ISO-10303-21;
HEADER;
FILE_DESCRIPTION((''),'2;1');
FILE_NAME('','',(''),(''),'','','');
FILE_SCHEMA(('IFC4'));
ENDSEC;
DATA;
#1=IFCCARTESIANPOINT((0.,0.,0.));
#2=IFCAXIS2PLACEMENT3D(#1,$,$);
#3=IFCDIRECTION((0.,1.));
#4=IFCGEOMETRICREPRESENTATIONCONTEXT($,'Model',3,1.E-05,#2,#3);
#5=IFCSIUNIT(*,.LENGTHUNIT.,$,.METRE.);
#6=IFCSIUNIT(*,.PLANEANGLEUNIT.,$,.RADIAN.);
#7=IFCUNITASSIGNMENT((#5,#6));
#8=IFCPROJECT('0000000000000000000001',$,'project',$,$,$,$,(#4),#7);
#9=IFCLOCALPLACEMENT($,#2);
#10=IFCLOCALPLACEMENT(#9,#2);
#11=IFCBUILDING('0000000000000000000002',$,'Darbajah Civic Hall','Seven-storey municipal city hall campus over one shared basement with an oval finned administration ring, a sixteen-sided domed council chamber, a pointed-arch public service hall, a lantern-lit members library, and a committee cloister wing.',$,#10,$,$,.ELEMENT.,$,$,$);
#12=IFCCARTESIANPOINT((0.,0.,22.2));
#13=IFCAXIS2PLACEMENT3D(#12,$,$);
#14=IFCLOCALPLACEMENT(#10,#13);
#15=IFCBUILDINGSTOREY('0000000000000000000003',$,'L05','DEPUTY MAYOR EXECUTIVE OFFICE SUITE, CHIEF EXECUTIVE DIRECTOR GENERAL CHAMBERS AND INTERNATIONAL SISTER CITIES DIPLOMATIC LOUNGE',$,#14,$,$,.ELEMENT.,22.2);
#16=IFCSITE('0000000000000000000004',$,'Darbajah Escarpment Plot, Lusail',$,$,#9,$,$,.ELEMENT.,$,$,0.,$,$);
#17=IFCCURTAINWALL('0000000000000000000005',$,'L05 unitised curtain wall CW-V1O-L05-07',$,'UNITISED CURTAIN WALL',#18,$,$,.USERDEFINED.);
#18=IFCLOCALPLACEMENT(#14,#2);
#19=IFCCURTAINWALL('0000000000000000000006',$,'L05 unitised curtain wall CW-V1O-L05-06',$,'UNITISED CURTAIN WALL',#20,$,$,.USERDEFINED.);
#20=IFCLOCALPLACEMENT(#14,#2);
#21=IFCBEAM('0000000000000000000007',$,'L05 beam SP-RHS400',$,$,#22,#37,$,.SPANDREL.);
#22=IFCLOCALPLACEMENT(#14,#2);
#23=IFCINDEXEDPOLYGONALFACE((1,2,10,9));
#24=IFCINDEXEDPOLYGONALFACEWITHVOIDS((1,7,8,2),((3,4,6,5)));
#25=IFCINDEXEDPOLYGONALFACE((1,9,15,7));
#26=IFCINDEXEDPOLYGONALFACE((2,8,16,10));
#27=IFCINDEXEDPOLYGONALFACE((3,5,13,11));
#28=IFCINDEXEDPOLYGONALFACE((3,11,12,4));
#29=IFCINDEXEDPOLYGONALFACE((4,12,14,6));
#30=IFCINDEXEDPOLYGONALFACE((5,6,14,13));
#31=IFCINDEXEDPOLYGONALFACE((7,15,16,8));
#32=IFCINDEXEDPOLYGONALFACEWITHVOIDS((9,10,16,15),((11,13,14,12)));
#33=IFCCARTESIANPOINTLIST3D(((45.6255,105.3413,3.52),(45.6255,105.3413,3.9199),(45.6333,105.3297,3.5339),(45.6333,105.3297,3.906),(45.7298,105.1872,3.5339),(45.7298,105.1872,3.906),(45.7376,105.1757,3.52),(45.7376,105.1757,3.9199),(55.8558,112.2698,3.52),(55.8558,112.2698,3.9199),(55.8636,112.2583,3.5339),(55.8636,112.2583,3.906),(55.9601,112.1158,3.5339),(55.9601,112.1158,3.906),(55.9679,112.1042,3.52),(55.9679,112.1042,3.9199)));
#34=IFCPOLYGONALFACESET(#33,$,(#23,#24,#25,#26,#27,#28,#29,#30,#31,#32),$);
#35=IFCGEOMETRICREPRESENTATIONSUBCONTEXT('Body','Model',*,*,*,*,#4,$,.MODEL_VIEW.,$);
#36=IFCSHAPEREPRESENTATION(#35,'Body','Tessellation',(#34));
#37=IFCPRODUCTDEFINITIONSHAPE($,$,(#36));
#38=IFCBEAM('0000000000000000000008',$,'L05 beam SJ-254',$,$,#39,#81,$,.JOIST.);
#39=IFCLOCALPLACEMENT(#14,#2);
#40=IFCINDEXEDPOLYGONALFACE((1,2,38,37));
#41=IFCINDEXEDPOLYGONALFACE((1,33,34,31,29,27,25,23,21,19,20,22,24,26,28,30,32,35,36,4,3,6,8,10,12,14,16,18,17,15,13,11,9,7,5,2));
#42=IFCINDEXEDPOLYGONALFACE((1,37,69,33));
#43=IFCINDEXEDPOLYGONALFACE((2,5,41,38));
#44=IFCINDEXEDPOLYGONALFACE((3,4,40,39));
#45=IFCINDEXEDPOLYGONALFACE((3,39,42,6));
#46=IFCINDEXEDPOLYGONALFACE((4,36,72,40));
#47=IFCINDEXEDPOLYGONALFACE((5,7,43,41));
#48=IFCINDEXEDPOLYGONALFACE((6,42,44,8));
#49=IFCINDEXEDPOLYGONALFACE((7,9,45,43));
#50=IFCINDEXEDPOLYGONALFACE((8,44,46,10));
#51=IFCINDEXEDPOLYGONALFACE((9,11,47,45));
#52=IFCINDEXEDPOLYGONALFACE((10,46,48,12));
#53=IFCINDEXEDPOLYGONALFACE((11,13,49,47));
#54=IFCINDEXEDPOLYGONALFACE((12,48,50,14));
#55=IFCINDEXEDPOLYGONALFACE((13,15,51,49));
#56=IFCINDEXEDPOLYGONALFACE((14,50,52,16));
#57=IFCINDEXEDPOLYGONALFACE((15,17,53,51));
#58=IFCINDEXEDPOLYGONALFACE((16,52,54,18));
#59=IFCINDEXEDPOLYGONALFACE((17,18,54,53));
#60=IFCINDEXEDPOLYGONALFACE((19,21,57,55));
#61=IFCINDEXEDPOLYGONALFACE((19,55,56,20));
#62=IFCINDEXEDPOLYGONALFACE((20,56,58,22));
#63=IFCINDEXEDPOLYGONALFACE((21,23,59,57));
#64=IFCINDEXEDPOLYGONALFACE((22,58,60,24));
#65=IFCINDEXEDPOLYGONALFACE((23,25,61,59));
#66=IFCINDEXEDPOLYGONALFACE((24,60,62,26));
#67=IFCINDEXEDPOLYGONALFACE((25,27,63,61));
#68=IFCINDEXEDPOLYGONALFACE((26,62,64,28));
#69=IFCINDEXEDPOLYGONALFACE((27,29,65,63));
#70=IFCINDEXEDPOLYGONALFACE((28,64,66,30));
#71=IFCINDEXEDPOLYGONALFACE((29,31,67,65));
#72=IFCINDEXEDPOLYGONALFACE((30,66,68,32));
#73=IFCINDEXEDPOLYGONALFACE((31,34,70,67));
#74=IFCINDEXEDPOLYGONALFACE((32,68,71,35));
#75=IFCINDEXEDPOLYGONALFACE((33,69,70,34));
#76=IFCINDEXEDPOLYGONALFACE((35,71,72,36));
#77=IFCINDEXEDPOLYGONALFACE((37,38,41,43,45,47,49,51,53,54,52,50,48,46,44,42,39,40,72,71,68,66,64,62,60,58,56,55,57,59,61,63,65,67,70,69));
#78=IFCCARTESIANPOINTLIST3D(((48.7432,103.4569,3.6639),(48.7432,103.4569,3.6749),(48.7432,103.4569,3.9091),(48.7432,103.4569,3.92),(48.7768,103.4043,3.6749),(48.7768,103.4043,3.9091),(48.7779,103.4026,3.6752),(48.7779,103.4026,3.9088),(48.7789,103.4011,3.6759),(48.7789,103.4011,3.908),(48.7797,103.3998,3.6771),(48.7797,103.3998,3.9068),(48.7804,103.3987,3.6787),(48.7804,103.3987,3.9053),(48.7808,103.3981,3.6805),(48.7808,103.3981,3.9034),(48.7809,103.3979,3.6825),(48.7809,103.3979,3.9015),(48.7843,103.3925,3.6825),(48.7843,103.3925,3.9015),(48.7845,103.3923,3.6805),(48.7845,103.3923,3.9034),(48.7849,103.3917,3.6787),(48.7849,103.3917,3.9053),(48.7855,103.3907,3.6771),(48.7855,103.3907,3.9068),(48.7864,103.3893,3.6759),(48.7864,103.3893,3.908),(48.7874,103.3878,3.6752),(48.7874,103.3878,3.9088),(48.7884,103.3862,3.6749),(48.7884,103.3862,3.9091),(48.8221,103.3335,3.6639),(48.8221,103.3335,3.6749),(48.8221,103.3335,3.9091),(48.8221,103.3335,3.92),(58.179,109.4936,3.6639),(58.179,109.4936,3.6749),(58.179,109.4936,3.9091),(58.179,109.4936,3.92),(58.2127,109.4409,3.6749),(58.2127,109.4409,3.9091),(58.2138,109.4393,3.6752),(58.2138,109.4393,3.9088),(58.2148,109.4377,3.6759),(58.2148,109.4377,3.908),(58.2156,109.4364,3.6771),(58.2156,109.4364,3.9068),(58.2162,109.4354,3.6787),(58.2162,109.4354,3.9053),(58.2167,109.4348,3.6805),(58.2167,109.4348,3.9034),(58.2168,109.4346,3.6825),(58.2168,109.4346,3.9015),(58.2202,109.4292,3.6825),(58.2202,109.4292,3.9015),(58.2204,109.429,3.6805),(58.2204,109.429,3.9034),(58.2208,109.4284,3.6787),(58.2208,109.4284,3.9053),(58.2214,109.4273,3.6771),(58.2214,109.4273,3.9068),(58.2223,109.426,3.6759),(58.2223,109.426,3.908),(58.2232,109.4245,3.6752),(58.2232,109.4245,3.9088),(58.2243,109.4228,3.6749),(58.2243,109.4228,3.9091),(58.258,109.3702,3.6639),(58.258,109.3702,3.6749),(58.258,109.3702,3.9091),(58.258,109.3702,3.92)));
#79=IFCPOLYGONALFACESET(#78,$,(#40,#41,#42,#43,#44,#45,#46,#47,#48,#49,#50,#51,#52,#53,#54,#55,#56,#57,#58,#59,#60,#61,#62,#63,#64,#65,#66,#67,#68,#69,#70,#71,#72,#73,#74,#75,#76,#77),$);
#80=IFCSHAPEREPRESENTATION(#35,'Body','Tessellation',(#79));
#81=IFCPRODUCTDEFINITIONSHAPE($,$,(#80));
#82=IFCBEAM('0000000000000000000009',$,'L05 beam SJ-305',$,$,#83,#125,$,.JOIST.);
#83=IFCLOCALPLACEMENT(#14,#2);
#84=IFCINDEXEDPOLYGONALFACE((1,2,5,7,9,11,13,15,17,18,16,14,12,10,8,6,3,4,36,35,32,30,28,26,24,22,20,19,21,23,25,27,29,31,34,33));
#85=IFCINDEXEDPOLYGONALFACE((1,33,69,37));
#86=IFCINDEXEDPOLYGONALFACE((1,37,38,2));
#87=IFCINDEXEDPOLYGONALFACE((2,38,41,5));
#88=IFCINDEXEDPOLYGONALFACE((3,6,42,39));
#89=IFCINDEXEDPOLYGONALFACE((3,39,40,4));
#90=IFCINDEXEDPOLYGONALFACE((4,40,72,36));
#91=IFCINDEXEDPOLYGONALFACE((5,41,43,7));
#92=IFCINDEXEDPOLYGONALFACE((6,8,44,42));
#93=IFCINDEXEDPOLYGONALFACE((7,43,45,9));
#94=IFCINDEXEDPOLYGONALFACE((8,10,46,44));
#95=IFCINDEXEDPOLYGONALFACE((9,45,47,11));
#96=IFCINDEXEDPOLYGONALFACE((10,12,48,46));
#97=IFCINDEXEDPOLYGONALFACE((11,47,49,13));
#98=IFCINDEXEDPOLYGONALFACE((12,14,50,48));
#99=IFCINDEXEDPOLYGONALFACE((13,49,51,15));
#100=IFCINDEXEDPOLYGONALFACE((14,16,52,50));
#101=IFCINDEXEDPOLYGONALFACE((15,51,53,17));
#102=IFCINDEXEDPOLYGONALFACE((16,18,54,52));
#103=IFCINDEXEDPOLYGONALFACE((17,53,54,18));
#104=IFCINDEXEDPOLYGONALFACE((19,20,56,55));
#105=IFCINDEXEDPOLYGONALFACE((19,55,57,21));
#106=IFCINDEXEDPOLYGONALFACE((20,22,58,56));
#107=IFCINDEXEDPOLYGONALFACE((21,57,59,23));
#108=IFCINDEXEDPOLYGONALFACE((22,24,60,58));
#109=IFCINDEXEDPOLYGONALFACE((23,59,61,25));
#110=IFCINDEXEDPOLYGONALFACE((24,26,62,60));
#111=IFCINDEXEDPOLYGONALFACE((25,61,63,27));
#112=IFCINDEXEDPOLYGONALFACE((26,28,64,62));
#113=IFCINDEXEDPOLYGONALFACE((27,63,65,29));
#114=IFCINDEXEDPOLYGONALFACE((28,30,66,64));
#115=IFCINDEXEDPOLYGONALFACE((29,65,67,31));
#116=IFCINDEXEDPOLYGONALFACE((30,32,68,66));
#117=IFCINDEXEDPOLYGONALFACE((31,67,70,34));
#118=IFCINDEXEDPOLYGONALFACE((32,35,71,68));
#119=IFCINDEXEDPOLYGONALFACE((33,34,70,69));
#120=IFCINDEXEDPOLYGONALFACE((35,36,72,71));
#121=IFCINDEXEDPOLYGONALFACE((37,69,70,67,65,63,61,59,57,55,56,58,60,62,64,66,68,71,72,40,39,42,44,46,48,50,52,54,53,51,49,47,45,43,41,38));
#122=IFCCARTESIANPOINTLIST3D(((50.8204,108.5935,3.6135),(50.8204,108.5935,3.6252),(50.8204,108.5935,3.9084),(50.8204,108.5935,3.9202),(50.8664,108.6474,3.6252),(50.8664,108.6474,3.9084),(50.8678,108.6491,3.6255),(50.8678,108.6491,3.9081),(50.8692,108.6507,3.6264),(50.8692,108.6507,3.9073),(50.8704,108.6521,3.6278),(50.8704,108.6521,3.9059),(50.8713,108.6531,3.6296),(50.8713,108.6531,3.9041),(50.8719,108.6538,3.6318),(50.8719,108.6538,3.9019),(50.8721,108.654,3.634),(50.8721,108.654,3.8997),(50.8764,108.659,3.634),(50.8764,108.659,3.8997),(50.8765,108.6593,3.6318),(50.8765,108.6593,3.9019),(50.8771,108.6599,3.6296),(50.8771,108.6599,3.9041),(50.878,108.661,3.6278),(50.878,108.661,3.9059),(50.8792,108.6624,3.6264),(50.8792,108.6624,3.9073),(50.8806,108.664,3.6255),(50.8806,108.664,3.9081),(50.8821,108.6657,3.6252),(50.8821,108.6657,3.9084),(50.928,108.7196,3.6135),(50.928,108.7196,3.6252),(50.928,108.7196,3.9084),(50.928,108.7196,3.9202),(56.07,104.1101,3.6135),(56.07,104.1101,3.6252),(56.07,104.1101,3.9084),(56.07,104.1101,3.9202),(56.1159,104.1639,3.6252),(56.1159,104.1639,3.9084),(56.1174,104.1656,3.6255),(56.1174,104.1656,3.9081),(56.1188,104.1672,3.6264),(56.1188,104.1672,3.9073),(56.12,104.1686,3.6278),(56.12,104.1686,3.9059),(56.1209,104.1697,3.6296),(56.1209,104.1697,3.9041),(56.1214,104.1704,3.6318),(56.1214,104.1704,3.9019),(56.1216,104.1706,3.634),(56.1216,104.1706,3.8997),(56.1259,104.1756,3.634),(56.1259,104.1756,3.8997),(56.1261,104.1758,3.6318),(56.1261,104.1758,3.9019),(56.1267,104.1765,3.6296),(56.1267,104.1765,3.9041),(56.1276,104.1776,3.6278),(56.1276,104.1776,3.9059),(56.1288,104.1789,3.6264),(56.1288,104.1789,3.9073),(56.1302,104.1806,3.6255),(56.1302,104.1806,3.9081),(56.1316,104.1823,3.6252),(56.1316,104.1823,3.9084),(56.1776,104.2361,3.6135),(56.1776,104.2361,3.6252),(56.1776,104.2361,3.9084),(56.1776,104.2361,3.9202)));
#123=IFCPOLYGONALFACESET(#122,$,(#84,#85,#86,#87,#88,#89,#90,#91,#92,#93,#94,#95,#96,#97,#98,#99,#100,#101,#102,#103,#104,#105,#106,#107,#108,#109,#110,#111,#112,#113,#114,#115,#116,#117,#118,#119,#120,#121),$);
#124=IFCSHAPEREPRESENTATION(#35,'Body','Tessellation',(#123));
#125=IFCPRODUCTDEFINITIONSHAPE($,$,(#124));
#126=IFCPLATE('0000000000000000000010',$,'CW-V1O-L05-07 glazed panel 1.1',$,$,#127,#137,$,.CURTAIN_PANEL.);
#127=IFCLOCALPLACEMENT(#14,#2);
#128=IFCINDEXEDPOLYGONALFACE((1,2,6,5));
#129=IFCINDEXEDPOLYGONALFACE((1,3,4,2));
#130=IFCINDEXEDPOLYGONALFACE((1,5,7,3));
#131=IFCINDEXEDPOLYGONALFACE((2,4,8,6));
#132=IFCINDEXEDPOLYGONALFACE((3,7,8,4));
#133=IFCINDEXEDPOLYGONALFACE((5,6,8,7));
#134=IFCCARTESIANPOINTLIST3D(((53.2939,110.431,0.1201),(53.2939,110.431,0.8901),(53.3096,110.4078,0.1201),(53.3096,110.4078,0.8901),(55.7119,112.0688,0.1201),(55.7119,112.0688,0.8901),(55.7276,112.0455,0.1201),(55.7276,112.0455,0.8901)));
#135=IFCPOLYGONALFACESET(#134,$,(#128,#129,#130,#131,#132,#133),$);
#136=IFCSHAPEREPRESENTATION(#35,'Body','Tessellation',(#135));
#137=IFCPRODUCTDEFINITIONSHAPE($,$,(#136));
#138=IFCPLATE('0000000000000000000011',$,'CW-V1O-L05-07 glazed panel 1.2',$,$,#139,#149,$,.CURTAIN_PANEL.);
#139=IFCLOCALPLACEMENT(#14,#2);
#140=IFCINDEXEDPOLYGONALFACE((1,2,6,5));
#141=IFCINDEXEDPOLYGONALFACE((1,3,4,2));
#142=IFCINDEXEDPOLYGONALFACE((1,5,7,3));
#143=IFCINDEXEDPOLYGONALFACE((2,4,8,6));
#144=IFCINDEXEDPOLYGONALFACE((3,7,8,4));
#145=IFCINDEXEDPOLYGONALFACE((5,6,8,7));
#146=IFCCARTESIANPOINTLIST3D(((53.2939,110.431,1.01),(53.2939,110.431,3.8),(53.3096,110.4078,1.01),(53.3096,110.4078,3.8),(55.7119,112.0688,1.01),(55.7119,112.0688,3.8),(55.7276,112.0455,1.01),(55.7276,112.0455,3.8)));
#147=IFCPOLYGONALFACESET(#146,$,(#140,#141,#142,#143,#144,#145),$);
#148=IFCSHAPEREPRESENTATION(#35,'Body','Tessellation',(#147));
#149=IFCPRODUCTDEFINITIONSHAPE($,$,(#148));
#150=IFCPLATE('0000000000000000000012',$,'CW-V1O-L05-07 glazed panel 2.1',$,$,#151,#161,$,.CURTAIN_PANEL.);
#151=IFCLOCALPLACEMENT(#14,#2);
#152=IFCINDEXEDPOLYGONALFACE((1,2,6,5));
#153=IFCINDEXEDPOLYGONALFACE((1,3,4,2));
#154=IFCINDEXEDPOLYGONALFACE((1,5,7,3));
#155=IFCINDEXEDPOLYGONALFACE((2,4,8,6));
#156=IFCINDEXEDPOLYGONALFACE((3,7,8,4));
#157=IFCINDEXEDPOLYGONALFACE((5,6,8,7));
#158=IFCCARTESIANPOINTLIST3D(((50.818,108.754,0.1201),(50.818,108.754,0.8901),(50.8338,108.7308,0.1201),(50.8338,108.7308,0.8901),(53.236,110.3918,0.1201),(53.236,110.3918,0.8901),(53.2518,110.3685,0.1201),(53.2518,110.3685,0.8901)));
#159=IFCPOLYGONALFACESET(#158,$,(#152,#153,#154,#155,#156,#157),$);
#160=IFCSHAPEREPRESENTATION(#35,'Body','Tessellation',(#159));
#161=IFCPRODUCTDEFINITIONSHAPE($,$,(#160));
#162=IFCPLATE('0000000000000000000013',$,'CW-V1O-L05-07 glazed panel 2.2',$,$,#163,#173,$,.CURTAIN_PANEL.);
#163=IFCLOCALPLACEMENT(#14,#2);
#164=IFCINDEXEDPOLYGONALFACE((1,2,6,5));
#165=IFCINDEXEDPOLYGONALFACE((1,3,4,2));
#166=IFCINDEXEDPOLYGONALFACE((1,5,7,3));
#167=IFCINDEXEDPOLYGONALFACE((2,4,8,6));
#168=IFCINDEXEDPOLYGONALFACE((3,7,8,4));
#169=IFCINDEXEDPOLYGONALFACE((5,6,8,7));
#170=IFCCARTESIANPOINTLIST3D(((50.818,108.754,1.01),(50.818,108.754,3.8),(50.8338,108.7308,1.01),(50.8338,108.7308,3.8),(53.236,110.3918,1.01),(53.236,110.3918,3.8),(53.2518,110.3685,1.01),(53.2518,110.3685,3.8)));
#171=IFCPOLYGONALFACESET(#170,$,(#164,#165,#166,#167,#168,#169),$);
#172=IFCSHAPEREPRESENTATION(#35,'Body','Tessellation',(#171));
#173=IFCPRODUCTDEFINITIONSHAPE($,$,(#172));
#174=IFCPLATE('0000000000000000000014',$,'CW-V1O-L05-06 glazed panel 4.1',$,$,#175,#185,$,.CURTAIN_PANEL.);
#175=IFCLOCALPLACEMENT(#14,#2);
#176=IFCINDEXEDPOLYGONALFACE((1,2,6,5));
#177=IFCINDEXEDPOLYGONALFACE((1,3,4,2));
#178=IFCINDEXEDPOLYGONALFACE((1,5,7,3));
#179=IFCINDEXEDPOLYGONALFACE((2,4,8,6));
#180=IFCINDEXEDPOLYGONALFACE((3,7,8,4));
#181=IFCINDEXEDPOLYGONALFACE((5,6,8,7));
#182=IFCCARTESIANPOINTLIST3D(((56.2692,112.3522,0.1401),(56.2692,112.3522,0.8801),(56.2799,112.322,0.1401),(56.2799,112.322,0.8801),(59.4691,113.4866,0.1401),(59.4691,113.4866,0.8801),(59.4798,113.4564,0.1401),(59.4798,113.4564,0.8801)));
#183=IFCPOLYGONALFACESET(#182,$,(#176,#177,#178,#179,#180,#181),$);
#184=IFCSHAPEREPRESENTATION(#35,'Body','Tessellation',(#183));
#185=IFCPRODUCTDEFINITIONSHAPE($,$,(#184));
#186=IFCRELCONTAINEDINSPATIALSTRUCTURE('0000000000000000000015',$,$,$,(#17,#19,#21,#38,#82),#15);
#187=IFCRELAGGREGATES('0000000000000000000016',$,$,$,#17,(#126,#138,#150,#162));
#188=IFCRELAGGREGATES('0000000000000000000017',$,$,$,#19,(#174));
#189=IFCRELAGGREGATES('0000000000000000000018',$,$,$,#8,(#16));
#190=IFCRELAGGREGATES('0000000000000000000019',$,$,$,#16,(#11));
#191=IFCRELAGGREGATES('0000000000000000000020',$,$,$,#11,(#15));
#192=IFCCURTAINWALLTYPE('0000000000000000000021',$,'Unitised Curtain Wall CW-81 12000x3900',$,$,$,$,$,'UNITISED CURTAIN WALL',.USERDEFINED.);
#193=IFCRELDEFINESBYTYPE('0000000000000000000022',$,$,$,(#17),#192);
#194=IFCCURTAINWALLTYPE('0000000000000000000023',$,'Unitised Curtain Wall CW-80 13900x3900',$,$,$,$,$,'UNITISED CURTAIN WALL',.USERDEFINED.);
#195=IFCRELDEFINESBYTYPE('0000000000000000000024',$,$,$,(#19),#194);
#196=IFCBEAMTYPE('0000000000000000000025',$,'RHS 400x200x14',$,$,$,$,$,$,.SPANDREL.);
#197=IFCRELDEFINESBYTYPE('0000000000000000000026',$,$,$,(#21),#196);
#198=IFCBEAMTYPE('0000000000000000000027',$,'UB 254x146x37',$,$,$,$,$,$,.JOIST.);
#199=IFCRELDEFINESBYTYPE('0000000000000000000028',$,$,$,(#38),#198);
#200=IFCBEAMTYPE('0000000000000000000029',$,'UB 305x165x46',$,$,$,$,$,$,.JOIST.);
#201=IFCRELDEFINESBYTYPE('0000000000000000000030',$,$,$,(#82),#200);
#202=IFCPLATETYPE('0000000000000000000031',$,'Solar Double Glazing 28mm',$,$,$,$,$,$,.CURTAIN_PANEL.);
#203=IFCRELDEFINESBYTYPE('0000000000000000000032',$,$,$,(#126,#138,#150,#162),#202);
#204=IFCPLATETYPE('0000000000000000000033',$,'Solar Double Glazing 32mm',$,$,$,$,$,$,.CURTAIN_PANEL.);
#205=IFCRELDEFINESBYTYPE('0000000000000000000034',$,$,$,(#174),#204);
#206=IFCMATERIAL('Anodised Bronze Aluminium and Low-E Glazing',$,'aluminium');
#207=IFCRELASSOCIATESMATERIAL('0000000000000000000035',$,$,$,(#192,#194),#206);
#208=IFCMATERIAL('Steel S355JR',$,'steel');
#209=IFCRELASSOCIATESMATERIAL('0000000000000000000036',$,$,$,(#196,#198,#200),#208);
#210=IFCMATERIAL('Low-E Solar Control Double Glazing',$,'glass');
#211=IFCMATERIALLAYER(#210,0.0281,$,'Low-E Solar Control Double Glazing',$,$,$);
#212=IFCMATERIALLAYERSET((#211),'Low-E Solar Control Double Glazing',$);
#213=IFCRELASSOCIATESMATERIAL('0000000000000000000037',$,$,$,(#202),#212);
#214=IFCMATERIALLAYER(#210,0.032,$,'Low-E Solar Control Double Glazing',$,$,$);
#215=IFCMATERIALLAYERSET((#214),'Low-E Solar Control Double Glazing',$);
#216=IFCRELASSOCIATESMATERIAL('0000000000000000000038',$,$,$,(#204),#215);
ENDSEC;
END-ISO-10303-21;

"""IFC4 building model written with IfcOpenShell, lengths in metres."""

from ifc_helpers import new_model, si_unit, direction, frame, origin, origin_2d, place, context, subcontext, project, spatial, rectangle, hollow_rectangle, i_section, extrude, material, layer, layer_set, material_profile, profile_set, type_object, element, aggregate, save


model = new_model("IFC4")

# Units and contexts
model_context = context("Model", 3, precision=1e-05, world=origin(), true_north=direction((0.0, 1.0)))
body_context = subcontext(model_context, "Body", "Model", "MODEL_VIEW")
ifc_project = project(units=[si_unit("LENGTHUNIT", "METRE"), si_unit("PLANEANGLEUNIT", "RADIAN")], contexts=[model_context])

# Site, building, storey
site_placement = place(None, origin())
site = spatial("IfcSite", under=ifc_project, at=site_placement, Name="Darbajah Escarpment Plot, Lusail", CompositionType="ELEMENT", RefElevation=0.0)
building_placement = place(site_placement, origin())
building = spatial("IfcBuilding", under=site, at=building_placement, Name="Darbajah Civic Hall", Description="Seven-storey municipal city hall campus over one shared basement with an oval finned administration ring, a sixteen-sided domed council chamber, a pointed-arch public service hall, a lantern-lit members library, and a committee cloister wing.", CompositionType="ELEMENT")
storey_placement = place(building_placement, frame((0.0, 0.0, 22.2)))
storey = spatial("IfcBuildingStorey", under=building, at=storey_placement, Name="L05", Description="DEPUTY MAYOR EXECUTIVE OFFICE SUITE, CHIEF EXECUTIVE DIRECTOR GENERAL CHAMBERS AND INTERNATIONAL SISTER CITIES DIPLOMATIC LOUNGE", CompositionType="ELEMENT", Elevation=22.2)

# Curtain wall
ifc_material_1 = material(Name="Anodised Bronze Aluminium and Low-E Glazing", Category="aluminium")
curtain_wall_type_1 = type_object("IfcCurtainWallType", Name="Unitised Curtain Wall CW-81 12000x3900", ElementType="UNITISED CURTAIN WALL", PredefinedType="USERDEFINED", material=ifc_material_1)
curtain_wall_1_placement = place(storey_placement, origin())
curtain_wall_1 = element("IfcCurtainWall", 1, at=curtain_wall_1_placement, inside=storey, type_object=curtain_wall_type_1, Name="L05 unitised curtain wall CW-V1O-L05-07", ObjectType="UNITISED CURTAIN WALL", PredefinedType="USERDEFINED")

# Curtain wall
curtain_wall_type_2 = type_object("IfcCurtainWallType", Name="Unitised Curtain Wall CW-80 13900x3900", ElementType="UNITISED CURTAIN WALL", PredefinedType="USERDEFINED", material=ifc_material_1)
curtain_wall_2_placement = place(storey_placement, origin())
curtain_wall_2 = element("IfcCurtainWall", 2, at=curtain_wall_2_placement, inside=storey, type_object=curtain_wall_type_2, Name="L05 unitised curtain wall CW-V1O-L05-06", ObjectType="UNITISED CURTAIN WALL", PredefinedType="USERDEFINED")

# Beams
ifc_material_2 = material(Name="Steel S355JR", Category="steel")
ifc_material_profile_1 = material_profile(ifc_material_2, hollow_rectangle(XDim=0.2, YDim=0.3999, WallThickness=0.0139, at=origin_2d()), Name="RHS 400x200x14")
ifc_profile_set_1 = profile_set([ifc_material_profile_1], Name="Steel S355JR")
beam_type_1 = type_object("IfcBeamType", Name="RHS 400x200x14", PredefinedType="SPANDREL", material=ifc_profile_set_1)
beam_1_placement = place(storey_placement, frame((55.9119, 112.187, 3.72), z_axis=(-0.827982, -0.560755, 0.0), x_axis=(0.560755, -0.827982, 0.0)))
element("IfcBeam", 3, at=beam_1_placement, inside=storey, type_object=beam_type_1, Name="L05 beam SP-RHS400", PredefinedType="SPANDREL", context=body_context, shape_type="SweptSolid", body=[
    extrude(hollow_rectangle(XDim=0.2, YDim=0.3999, WallThickness=0.0139, at=origin_2d()), origin(), (0.0, 0.0, 1.0), 12.3557),
])
ifc_material_profile_2 = material_profile(ifc_material_2, i_section(OverallWidth=0.1465, OverallDepth=0.2561, WebThickness=0.0063, FlangeThickness=0.011, FilletRadius=0.0076, at=origin_2d()), Name="UB 254x146x37")
ifc_profile_set_2 = profile_set([ifc_material_profile_2], Name="Steel S355JR")
beam_type_2 = type_object("IfcBeamType", Name="UB 254x146x37", PredefinedType="JOIST", material=ifc_profile_set_2)
beam_2_placement = place(storey_placement, frame((58.2185, 109.4319, 3.792), z_axis=(-0.842364, -0.538909, 0.0), x_axis=(0.538909, -0.842364, 0.0)))
element("IfcBeam", 4, at=beam_2_placement, inside=storey, type_object=beam_type_2, Name="L05 beam SJ-254", PredefinedType="JOIST", context=body_context, shape_type="SweptSolid", body=[
    extrude(i_section(OverallWidth=0.1465, OverallDepth=0.2561, WebThickness=0.0063, FlangeThickness=0.011, FilletRadius=0.0076, at=origin_2d()), origin(), (0.0, 0.0, 1.0), 11.2017),
])
ifc_material_profile_3 = material_profile(ifc_material_2, i_section(OverallWidth=0.1658, OverallDepth=0.3066, WebThickness=0.0066, FlangeThickness=0.0117, FilletRadius=0.0088, at=origin_2d()), Name="UB 305x165x46")
ifc_profile_set_3 = profile_set([ifc_material_profile_3], Name="Steel S355JR")
beam_type_3 = type_object("IfcBeamType", Name="UB 305x165x46", PredefinedType="JOIST", material=ifc_profile_set_3)
beam_3_placement = place(storey_placement, frame((56.1238, 104.1731, 3.7668), z_axis=(-0.760414, 0.649439, 0.0), x_axis=(-0.649439, -0.760414, 0.0)))
element("IfcBeam", 5, at=beam_3_placement, inside=storey, type_object=beam_type_3, Name="L05 beam SJ-305", PredefinedType="JOIST", context=body_context, shape_type="SweptSolid", body=[
    extrude(i_section(OverallWidth=0.1658, OverallDepth=0.3066, WebThickness=0.0066, FlangeThickness=0.0117, FilletRadius=0.0088, at=origin_2d()), origin(), (0.0, 0.0, 1.0), 6.9036),
])

# Plates
ifc_material_3 = material(Name="Low-E Solar Control Double Glazing", Category="glass")
ifc_layer_1 = layer(ifc_material_3, 0.0281, Name="Low-E Solar Control Double Glazing")
ifc_layer_set_1 = layer_set([ifc_layer_1], Name="Low-E Solar Control Double Glazing")
plate_type_1 = type_object("IfcPlateType", Name="Solar Double Glazing 28mm", PredefinedType="CURTAIN_PANEL", material=ifc_layer_set_1)
plate_1_placement = place(storey_placement, frame((54.5107, 111.2383, 0.1201), z_axis=(0.0, 0.0, 1.0), x_axis=(-0.827962, -0.560784, 0.0)))
plate_1 = element("IfcPlate", 6, at=plate_1_placement, type_object=plate_type_1, Name="CW-V1O-L05-07 glazed panel 1.1", PredefinedType="CURTAIN_PANEL", context=body_context, shape_type="SweptSolid", body=[
    extrude(rectangle(XDim=2.9204, YDim=0.0281, at=origin_2d()), origin(), (0.0, 0.0, 1.0), 0.77),
])
plate_2_placement = place(storey_placement, frame((54.5107, 111.2383, 1.01), z_axis=(0.0, 0.0, 1.0), x_axis=(-0.827962, -0.560784, 0.0)))
plate_2 = element("IfcPlate", 7, at=plate_2_placement, type_object=plate_type_1, Name="CW-V1O-L05-07 glazed panel 1.2", PredefinedType="CURTAIN_PANEL", context=body_context, shape_type="SweptSolid", body=[
    extrude(rectangle(XDim=2.9204, YDim=0.0281, at=origin_2d()), origin(), (0.0, 0.0, 1.0), 2.79),
])
plate_3_placement = place(storey_placement, frame((52.0349, 109.5613, 0.1201), z_axis=(0.0, 0.0, 1.0), x_axis=(-0.827962, -0.560784, 0.0)))
plate_3 = element("IfcPlate", 8, at=plate_3_placement, type_object=plate_type_1, Name="CW-V1O-L05-07 glazed panel 2.1", PredefinedType="CURTAIN_PANEL", context=body_context, shape_type="SweptSolid", body=[
    extrude(rectangle(XDim=2.9204, YDim=0.0281, at=origin_2d()), origin(), (0.0, 0.0, 1.0), 0.77),
])
plate_4_placement = place(storey_placement, frame((52.0349, 109.5613, 1.01), z_axis=(0.0, 0.0, 1.0), x_axis=(-0.827962, -0.560784, 0.0)))
plate_4 = element("IfcPlate", 9, at=plate_4_placement, type_object=plate_type_1, Name="CW-V1O-L05-07 glazed panel 2.2", PredefinedType="CURTAIN_PANEL", context=body_context, shape_type="SweptSolid", body=[
    extrude(rectangle(XDim=2.9204, YDim=0.0281, at=origin_2d()), origin(), (0.0, 0.0, 1.0), 2.79),
])
aggregate(curtain_wall_1, [plate_1, plate_2, plate_3, plate_4])
ifc_layer_2 = layer(ifc_material_3, 0.032, Name="Low-E Solar Control Double Glazing")
ifc_layer_set_2 = layer_set([ifc_layer_2], Name="Low-E Solar Control Double Glazing")
plate_type_2 = type_object("IfcPlateType", Name="Solar Double Glazing 32mm", PredefinedType="CURTAIN_PANEL", material=ifc_layer_set_2)
plate_5_placement = place(storey_placement, frame((57.8745, 112.9043, 0.1401), z_axis=(0.0, 0.0, 1.0), x_axis=(-0.942525, -0.334136, 0.0)))
plate_5 = element("IfcPlate", 10, at=plate_5_placement, type_object=plate_type_2, Name="CW-V1O-L05-06 glazed panel 4.1", PredefinedType="CURTAIN_PANEL", context=body_context, shape_type="SweptSolid", body=[
    extrude(rectangle(XDim=3.395, YDim=0.032, at=origin_2d()), origin(), (0.0, 0.0, 1.0), 0.74),
])
aggregate(curtain_wall_2, [plate_5])

save(model, "model.ifc")
